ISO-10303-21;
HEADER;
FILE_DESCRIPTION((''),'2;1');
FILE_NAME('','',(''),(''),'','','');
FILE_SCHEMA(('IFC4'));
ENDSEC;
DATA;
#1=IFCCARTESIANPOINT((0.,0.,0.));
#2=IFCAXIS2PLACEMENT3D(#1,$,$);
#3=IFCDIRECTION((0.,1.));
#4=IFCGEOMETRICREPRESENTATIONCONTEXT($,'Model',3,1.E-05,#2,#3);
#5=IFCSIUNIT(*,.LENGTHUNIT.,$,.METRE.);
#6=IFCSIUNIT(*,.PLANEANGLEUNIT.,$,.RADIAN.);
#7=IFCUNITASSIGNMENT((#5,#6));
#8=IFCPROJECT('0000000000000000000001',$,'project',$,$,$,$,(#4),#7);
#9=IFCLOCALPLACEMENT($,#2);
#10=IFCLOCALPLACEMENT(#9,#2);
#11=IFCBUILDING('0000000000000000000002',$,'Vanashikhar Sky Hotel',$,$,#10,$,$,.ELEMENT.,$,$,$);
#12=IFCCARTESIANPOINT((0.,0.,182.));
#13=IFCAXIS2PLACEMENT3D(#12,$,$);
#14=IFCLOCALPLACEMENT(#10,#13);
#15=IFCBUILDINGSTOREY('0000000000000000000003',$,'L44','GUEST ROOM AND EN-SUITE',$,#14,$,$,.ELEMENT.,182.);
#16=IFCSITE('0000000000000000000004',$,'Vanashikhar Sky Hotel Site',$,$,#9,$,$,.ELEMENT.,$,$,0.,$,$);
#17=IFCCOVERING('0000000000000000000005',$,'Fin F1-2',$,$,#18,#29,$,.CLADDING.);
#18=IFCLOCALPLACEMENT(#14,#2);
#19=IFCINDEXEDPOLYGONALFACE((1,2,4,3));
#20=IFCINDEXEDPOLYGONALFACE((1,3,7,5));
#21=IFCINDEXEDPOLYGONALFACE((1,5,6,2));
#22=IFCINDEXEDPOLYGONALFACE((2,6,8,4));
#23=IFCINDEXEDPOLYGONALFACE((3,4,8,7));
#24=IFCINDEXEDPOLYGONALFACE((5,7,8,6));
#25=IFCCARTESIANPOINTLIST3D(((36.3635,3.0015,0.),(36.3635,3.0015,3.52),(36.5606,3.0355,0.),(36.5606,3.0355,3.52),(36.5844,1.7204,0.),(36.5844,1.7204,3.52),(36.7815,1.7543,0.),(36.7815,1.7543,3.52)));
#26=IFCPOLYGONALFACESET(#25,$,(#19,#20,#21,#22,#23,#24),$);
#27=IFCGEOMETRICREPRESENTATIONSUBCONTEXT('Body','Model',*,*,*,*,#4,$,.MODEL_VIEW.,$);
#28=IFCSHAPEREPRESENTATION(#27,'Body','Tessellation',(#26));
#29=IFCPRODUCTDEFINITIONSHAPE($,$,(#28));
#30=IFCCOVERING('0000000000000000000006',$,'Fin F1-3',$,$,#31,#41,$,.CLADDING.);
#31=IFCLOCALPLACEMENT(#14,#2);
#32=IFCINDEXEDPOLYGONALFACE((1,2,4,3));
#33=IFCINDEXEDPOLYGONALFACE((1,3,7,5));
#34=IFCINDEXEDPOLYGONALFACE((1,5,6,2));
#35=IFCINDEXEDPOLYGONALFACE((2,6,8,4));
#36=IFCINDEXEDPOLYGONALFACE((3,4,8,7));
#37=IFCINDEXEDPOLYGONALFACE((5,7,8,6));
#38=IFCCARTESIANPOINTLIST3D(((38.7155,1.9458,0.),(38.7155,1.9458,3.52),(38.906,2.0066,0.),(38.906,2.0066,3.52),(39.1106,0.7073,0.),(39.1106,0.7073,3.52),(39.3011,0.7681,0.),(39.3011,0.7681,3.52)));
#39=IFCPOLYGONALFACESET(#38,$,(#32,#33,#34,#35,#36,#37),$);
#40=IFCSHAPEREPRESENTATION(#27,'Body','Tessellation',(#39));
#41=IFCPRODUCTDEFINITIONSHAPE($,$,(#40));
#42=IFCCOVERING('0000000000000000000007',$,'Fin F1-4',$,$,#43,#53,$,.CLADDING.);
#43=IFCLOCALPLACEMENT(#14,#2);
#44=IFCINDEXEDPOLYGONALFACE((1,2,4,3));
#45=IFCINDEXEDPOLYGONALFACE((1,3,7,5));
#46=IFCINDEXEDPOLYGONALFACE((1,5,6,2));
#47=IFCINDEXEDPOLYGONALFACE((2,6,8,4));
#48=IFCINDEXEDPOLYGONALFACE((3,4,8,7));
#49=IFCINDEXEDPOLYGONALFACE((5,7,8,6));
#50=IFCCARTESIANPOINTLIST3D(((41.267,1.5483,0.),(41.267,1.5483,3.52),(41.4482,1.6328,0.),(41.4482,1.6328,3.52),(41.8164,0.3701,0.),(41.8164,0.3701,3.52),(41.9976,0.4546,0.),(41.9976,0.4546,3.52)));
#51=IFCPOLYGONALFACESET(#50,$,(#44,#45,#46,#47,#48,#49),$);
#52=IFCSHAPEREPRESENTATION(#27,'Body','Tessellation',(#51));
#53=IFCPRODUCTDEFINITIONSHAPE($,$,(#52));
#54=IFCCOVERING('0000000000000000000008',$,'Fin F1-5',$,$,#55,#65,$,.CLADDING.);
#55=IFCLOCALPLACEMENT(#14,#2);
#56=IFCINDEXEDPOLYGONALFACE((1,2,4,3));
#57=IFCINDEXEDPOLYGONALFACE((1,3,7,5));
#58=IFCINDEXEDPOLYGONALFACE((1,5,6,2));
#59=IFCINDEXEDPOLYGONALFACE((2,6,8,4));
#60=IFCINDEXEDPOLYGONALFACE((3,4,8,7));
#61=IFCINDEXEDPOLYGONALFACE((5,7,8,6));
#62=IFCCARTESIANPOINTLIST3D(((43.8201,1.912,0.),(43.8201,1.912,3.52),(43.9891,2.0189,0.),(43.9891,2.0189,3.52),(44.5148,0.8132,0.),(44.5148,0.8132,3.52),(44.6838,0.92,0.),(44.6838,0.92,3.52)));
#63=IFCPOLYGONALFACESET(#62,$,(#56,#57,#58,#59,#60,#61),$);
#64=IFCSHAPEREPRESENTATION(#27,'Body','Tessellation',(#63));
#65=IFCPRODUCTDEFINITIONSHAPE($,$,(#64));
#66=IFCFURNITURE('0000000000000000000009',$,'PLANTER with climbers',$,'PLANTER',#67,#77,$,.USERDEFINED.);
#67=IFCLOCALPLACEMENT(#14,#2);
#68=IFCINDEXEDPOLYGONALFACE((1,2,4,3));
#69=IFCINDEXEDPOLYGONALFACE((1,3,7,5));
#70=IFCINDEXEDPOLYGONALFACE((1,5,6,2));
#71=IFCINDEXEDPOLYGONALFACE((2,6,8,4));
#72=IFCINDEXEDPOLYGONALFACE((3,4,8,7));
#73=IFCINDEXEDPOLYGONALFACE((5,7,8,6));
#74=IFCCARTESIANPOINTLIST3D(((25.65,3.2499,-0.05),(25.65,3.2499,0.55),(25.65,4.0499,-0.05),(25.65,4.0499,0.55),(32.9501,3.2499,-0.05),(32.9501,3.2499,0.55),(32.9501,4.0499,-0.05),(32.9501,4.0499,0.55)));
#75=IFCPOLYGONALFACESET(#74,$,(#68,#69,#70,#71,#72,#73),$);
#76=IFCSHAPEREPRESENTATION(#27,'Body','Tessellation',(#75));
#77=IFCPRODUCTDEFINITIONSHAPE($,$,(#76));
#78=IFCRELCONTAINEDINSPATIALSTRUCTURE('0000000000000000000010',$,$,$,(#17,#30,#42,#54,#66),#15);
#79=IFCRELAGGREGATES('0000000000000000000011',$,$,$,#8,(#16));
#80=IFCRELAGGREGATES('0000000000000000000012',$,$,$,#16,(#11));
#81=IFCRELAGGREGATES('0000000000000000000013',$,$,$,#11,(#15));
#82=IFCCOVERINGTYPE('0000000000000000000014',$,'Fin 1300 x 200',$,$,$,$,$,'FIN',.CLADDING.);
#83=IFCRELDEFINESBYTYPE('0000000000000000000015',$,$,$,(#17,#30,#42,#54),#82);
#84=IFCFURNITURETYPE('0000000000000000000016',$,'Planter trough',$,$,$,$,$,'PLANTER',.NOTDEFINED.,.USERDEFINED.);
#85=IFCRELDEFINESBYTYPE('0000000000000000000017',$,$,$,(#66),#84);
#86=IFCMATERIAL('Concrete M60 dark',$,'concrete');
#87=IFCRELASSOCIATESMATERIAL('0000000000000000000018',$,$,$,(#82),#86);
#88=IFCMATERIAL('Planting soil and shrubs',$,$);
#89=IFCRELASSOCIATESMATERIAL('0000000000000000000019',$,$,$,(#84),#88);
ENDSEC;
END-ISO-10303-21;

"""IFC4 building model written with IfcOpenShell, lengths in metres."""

from ifc_helpers import new_model, si_unit, direction, frame, origin, origin_2d, place, context, subcontext, project, spatial, rectangle, extrude, source, transform, mapped, material, material_profile, profile_set, type_object, element, save


model = new_model("IFC4")

# Units and contexts
model_context = context("Model", 3, precision=1e-05, world=origin(), true_north=direction((0.0, 1.0)))
body_context = subcontext(model_context, "Body", "Model", "MODEL_VIEW")
ifc_project = project(units=[si_unit("LENGTHUNIT", "METRE"), si_unit("PLANEANGLEUNIT", "RADIAN")], contexts=[model_context])

# Site, building, storey
site_placement = place(None, origin())
site = spatial("IfcSite", under=ifc_project, at=site_placement, Name="Vanashikhar Sky Hotel Site", CompositionType="ELEMENT", RefElevation=0.0)
building_placement = place(site_placement, origin())
building = spatial("IfcBuilding", under=site, at=building_placement, Name="Vanashikhar Sky Hotel", CompositionType="ELEMENT")
storey_placement = place(building_placement, frame((0.0, 0.0, 182.0)))
storey = spatial("IfcBuildingStorey", under=building, at=storey_placement, Name="L44", Description="GUEST ROOM AND EN-SUITE", CompositionType="ELEMENT", Elevation=182.0)

# Coverings
ifc_material_1 = material(Name="Concrete M60 dark", Category="concrete")
ifc_material_profile = material_profile(ifc_material_1, rectangle(XDim=1.3, YDim=0.2, at=origin_2d()))
ifc_profile_set = profile_set([ifc_material_profile], Name="Fin 1300 x 200")
covering_type_1 = type_object("IfcCoveringType", Name="Fin 1300 x 200", ElementType="FIN", PredefinedType="CLADDING", material=ifc_profile_set)
shared_shape_1 = source(origin(), body_context, "Body", "SweptSolid", [
    extrude(rectangle(XDim=1.3, YDim=0.2, at=origin_2d()), origin(), (0.0, 0.0, 1.0), 3.52),
])
for number, where, z_axis, x_axis, name in (
    (1, (36.5725, 2.3779, 0.0), (0.0, 0.0, 1.0), (0.1699, -0.985461, 0.0), "Fin F1-2"),
    (2, (39.0083, 1.3569, 0.0), (0.0, 0.0, 1.0), (0.303967, -0.952683, 0.0), "Fin F1-3"),
    (3, (41.6323, 1.0015, 0.0), (0.0, 0.0, 1.0), (0.422618, -0.906308, 0.0), "Fin F1-4"),
    (4, (44.252, 1.416, 0.0), (0.0, 0.0, 1.0), (0.534411, -0.845225, 0.0), "Fin F1-5"),
):
    element("IfcCovering", number, at=place(storey_placement, frame(where, z_axis=z_axis, x_axis=x_axis)), inside=storey, type_object=covering_type_1, Name=name, PredefinedType="CLADDING", context=body_context, shape_type="MappedRepresentation", body=[
        mapped(shared_shape_1, transform((0.0, 0.0, 0.0), scale=1.0)),
    ])

# Furniture
ifc_material_2 = material(Name="Planting soil and shrubs")
furniture_type = type_object("IfcFurnitureType", Name="Planter trough", ElementType="PLANTER", AssemblyPlace="NOTDEFINED", PredefinedType="USERDEFINED", material=ifc_material_2)
shared_shape_2 = source(origin(), body_context, "Body", "SweptSolid", [
    extrude(rectangle(XDim=7.3, YDim=0.8, at=origin_2d()), origin(), (0.0, 0.0, 1.0), 0.6001),
])
furniture_placement = place(storey_placement, frame((29.3, 3.6499, -0.05), z_axis=(0.0, 0.0, 1.0), x_axis=(1.0, 0.0, 0.0)))
element("IfcFurniture", 5, at=furniture_placement, inside=storey, type_object=furniture_type, Name="PLANTER with climbers", ObjectType="PLANTER", PredefinedType="USERDEFINED", context=body_context, shape_type="MappedRepresentation", body=[
    mapped(shared_shape_2, transform((0.0, 0.0, 0.0), scale=1.0)),
])

save(model, "model.ifc")
